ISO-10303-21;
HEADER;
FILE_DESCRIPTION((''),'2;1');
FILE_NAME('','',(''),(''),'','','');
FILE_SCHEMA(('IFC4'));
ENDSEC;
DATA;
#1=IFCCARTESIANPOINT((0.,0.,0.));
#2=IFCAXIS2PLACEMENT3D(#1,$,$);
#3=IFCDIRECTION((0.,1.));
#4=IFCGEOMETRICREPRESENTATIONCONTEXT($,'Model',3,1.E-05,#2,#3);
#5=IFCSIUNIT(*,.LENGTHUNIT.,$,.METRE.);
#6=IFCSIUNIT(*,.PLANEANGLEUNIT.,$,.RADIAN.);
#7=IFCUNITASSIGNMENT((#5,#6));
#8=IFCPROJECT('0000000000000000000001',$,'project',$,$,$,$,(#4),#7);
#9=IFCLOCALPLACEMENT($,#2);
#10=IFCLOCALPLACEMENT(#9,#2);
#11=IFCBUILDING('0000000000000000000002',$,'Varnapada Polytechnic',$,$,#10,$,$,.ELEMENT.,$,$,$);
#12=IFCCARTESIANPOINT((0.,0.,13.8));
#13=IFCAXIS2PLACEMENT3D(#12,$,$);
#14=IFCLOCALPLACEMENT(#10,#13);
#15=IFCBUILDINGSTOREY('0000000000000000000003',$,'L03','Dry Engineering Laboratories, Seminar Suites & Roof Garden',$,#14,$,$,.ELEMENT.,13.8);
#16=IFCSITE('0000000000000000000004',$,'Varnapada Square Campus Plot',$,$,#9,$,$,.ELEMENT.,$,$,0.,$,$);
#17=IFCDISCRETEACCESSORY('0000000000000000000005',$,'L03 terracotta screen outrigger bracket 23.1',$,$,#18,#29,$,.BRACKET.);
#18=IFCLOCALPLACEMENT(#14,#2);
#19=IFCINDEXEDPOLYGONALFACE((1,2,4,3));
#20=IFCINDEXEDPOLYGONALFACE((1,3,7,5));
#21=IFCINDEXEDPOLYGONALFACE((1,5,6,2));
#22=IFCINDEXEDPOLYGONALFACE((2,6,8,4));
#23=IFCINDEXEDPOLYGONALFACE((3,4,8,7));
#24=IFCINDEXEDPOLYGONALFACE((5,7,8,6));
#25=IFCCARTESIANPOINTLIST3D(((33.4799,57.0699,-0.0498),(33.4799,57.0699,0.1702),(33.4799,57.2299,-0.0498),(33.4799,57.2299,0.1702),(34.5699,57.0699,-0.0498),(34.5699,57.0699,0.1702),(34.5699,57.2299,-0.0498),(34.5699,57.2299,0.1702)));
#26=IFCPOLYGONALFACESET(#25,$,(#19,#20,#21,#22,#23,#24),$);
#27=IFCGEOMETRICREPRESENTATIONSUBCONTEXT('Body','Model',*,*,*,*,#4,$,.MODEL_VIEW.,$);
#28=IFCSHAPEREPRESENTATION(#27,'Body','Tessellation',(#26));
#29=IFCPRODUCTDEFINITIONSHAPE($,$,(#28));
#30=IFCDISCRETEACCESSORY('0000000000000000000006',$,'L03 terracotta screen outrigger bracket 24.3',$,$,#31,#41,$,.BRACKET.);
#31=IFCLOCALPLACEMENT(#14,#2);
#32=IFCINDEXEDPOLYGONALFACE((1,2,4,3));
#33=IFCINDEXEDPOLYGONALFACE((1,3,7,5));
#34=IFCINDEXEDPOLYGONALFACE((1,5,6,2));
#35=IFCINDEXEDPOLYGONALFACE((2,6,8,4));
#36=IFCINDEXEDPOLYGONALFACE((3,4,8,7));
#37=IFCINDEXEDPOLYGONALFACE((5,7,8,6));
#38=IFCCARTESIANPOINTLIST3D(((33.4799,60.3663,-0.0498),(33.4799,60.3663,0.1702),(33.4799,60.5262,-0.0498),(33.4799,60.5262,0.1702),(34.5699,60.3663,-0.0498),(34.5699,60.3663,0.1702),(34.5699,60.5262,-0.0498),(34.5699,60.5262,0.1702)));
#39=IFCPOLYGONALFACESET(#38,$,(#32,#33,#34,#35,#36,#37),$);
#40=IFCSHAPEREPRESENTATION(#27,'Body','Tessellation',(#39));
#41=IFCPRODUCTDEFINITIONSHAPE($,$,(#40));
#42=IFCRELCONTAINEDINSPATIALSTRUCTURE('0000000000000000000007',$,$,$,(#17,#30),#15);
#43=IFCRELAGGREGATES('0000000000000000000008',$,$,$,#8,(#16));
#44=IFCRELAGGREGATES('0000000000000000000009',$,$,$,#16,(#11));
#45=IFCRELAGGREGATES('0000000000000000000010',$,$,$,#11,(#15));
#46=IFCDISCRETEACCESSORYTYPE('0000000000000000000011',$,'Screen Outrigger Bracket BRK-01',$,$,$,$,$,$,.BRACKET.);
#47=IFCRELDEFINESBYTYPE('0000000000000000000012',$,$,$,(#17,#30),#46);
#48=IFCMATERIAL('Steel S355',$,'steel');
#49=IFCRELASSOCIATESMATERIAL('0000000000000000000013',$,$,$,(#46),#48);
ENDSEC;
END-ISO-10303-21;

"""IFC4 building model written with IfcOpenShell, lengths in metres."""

from ifc_helpers import new_model, si_unit, direction, frame, origin, origin_2d, place, context, subcontext, project, spatial, rectangle, extrude, material, type_object, element, save


model = new_model("IFC4")

# Units and contexts
model_context = context("Model", 3, precision=1e-05, world=origin(), true_north=direction((0.0, 1.0)))
body_context = subcontext(model_context, "Body", "Model", "MODEL_VIEW")
ifc_project = project(units=[si_unit("LENGTHUNIT", "METRE"), si_unit("PLANEANGLEUNIT", "RADIAN")], contexts=[model_context])

# Site, building, storey
site_placement = place(None, origin())
site = spatial("IfcSite", under=ifc_project, at=site_placement, Name="Varnapada Square Campus Plot", CompositionType="ELEMENT", RefElevation=0.0)
building_placement = place(site_placement, origin())
building = spatial("IfcBuilding", under=site, at=building_placement, Name="Varnapada Polytechnic", CompositionType="ELEMENT")
storey_placement = place(building_placement, frame((0.0, 0.0, 13.8)))
storey = spatial("IfcBuildingStorey", under=building, at=storey_placement, Name="L03", Description="Dry Engineering Laboratories, Seminar Suites & Roof Garden", CompositionType="ELEMENT", Elevation=13.8)

# Discrete accessories
ifc_material_1 = material(Name="Steel S355", Category="steel")
discrete_accessory_type = type_object("IfcDiscreteAccessoryType", Name="Screen Outrigger Bracket BRK-01", PredefinedType="BRACKET", material=ifc_material_1)
for number, where, z_axis, x_axis, name in (
    (1, (34.0249, 57.1499, -0.0498), (0.0, 0.0, 1.0), (0.0, -1.0, 0.0), "L03 terracotta screen outrigger bracket 23.1"),
    (2, (34.0249, 60.4463, -0.0498), (0.0, 0.0, 1.0), (0.0, -1.0, 0.0), "L03 terracotta screen outrigger bracket 24.3"),
):
    element("IfcDiscreteAccessory", number, at=place(storey_placement, frame(where, z_axis=z_axis, x_axis=x_axis)), inside=storey, type_object=discrete_accessory_type, Name=name, PredefinedType="BRACKET", context=body_context, shape_type="SweptSolid", body=[
        extrude(rectangle(XDim=0.1599, YDim=1.0901, at=origin_2d()), origin(), (0.0, 0.0, 1.0), 0.22),
    ])

save(model, "model.ifc")
